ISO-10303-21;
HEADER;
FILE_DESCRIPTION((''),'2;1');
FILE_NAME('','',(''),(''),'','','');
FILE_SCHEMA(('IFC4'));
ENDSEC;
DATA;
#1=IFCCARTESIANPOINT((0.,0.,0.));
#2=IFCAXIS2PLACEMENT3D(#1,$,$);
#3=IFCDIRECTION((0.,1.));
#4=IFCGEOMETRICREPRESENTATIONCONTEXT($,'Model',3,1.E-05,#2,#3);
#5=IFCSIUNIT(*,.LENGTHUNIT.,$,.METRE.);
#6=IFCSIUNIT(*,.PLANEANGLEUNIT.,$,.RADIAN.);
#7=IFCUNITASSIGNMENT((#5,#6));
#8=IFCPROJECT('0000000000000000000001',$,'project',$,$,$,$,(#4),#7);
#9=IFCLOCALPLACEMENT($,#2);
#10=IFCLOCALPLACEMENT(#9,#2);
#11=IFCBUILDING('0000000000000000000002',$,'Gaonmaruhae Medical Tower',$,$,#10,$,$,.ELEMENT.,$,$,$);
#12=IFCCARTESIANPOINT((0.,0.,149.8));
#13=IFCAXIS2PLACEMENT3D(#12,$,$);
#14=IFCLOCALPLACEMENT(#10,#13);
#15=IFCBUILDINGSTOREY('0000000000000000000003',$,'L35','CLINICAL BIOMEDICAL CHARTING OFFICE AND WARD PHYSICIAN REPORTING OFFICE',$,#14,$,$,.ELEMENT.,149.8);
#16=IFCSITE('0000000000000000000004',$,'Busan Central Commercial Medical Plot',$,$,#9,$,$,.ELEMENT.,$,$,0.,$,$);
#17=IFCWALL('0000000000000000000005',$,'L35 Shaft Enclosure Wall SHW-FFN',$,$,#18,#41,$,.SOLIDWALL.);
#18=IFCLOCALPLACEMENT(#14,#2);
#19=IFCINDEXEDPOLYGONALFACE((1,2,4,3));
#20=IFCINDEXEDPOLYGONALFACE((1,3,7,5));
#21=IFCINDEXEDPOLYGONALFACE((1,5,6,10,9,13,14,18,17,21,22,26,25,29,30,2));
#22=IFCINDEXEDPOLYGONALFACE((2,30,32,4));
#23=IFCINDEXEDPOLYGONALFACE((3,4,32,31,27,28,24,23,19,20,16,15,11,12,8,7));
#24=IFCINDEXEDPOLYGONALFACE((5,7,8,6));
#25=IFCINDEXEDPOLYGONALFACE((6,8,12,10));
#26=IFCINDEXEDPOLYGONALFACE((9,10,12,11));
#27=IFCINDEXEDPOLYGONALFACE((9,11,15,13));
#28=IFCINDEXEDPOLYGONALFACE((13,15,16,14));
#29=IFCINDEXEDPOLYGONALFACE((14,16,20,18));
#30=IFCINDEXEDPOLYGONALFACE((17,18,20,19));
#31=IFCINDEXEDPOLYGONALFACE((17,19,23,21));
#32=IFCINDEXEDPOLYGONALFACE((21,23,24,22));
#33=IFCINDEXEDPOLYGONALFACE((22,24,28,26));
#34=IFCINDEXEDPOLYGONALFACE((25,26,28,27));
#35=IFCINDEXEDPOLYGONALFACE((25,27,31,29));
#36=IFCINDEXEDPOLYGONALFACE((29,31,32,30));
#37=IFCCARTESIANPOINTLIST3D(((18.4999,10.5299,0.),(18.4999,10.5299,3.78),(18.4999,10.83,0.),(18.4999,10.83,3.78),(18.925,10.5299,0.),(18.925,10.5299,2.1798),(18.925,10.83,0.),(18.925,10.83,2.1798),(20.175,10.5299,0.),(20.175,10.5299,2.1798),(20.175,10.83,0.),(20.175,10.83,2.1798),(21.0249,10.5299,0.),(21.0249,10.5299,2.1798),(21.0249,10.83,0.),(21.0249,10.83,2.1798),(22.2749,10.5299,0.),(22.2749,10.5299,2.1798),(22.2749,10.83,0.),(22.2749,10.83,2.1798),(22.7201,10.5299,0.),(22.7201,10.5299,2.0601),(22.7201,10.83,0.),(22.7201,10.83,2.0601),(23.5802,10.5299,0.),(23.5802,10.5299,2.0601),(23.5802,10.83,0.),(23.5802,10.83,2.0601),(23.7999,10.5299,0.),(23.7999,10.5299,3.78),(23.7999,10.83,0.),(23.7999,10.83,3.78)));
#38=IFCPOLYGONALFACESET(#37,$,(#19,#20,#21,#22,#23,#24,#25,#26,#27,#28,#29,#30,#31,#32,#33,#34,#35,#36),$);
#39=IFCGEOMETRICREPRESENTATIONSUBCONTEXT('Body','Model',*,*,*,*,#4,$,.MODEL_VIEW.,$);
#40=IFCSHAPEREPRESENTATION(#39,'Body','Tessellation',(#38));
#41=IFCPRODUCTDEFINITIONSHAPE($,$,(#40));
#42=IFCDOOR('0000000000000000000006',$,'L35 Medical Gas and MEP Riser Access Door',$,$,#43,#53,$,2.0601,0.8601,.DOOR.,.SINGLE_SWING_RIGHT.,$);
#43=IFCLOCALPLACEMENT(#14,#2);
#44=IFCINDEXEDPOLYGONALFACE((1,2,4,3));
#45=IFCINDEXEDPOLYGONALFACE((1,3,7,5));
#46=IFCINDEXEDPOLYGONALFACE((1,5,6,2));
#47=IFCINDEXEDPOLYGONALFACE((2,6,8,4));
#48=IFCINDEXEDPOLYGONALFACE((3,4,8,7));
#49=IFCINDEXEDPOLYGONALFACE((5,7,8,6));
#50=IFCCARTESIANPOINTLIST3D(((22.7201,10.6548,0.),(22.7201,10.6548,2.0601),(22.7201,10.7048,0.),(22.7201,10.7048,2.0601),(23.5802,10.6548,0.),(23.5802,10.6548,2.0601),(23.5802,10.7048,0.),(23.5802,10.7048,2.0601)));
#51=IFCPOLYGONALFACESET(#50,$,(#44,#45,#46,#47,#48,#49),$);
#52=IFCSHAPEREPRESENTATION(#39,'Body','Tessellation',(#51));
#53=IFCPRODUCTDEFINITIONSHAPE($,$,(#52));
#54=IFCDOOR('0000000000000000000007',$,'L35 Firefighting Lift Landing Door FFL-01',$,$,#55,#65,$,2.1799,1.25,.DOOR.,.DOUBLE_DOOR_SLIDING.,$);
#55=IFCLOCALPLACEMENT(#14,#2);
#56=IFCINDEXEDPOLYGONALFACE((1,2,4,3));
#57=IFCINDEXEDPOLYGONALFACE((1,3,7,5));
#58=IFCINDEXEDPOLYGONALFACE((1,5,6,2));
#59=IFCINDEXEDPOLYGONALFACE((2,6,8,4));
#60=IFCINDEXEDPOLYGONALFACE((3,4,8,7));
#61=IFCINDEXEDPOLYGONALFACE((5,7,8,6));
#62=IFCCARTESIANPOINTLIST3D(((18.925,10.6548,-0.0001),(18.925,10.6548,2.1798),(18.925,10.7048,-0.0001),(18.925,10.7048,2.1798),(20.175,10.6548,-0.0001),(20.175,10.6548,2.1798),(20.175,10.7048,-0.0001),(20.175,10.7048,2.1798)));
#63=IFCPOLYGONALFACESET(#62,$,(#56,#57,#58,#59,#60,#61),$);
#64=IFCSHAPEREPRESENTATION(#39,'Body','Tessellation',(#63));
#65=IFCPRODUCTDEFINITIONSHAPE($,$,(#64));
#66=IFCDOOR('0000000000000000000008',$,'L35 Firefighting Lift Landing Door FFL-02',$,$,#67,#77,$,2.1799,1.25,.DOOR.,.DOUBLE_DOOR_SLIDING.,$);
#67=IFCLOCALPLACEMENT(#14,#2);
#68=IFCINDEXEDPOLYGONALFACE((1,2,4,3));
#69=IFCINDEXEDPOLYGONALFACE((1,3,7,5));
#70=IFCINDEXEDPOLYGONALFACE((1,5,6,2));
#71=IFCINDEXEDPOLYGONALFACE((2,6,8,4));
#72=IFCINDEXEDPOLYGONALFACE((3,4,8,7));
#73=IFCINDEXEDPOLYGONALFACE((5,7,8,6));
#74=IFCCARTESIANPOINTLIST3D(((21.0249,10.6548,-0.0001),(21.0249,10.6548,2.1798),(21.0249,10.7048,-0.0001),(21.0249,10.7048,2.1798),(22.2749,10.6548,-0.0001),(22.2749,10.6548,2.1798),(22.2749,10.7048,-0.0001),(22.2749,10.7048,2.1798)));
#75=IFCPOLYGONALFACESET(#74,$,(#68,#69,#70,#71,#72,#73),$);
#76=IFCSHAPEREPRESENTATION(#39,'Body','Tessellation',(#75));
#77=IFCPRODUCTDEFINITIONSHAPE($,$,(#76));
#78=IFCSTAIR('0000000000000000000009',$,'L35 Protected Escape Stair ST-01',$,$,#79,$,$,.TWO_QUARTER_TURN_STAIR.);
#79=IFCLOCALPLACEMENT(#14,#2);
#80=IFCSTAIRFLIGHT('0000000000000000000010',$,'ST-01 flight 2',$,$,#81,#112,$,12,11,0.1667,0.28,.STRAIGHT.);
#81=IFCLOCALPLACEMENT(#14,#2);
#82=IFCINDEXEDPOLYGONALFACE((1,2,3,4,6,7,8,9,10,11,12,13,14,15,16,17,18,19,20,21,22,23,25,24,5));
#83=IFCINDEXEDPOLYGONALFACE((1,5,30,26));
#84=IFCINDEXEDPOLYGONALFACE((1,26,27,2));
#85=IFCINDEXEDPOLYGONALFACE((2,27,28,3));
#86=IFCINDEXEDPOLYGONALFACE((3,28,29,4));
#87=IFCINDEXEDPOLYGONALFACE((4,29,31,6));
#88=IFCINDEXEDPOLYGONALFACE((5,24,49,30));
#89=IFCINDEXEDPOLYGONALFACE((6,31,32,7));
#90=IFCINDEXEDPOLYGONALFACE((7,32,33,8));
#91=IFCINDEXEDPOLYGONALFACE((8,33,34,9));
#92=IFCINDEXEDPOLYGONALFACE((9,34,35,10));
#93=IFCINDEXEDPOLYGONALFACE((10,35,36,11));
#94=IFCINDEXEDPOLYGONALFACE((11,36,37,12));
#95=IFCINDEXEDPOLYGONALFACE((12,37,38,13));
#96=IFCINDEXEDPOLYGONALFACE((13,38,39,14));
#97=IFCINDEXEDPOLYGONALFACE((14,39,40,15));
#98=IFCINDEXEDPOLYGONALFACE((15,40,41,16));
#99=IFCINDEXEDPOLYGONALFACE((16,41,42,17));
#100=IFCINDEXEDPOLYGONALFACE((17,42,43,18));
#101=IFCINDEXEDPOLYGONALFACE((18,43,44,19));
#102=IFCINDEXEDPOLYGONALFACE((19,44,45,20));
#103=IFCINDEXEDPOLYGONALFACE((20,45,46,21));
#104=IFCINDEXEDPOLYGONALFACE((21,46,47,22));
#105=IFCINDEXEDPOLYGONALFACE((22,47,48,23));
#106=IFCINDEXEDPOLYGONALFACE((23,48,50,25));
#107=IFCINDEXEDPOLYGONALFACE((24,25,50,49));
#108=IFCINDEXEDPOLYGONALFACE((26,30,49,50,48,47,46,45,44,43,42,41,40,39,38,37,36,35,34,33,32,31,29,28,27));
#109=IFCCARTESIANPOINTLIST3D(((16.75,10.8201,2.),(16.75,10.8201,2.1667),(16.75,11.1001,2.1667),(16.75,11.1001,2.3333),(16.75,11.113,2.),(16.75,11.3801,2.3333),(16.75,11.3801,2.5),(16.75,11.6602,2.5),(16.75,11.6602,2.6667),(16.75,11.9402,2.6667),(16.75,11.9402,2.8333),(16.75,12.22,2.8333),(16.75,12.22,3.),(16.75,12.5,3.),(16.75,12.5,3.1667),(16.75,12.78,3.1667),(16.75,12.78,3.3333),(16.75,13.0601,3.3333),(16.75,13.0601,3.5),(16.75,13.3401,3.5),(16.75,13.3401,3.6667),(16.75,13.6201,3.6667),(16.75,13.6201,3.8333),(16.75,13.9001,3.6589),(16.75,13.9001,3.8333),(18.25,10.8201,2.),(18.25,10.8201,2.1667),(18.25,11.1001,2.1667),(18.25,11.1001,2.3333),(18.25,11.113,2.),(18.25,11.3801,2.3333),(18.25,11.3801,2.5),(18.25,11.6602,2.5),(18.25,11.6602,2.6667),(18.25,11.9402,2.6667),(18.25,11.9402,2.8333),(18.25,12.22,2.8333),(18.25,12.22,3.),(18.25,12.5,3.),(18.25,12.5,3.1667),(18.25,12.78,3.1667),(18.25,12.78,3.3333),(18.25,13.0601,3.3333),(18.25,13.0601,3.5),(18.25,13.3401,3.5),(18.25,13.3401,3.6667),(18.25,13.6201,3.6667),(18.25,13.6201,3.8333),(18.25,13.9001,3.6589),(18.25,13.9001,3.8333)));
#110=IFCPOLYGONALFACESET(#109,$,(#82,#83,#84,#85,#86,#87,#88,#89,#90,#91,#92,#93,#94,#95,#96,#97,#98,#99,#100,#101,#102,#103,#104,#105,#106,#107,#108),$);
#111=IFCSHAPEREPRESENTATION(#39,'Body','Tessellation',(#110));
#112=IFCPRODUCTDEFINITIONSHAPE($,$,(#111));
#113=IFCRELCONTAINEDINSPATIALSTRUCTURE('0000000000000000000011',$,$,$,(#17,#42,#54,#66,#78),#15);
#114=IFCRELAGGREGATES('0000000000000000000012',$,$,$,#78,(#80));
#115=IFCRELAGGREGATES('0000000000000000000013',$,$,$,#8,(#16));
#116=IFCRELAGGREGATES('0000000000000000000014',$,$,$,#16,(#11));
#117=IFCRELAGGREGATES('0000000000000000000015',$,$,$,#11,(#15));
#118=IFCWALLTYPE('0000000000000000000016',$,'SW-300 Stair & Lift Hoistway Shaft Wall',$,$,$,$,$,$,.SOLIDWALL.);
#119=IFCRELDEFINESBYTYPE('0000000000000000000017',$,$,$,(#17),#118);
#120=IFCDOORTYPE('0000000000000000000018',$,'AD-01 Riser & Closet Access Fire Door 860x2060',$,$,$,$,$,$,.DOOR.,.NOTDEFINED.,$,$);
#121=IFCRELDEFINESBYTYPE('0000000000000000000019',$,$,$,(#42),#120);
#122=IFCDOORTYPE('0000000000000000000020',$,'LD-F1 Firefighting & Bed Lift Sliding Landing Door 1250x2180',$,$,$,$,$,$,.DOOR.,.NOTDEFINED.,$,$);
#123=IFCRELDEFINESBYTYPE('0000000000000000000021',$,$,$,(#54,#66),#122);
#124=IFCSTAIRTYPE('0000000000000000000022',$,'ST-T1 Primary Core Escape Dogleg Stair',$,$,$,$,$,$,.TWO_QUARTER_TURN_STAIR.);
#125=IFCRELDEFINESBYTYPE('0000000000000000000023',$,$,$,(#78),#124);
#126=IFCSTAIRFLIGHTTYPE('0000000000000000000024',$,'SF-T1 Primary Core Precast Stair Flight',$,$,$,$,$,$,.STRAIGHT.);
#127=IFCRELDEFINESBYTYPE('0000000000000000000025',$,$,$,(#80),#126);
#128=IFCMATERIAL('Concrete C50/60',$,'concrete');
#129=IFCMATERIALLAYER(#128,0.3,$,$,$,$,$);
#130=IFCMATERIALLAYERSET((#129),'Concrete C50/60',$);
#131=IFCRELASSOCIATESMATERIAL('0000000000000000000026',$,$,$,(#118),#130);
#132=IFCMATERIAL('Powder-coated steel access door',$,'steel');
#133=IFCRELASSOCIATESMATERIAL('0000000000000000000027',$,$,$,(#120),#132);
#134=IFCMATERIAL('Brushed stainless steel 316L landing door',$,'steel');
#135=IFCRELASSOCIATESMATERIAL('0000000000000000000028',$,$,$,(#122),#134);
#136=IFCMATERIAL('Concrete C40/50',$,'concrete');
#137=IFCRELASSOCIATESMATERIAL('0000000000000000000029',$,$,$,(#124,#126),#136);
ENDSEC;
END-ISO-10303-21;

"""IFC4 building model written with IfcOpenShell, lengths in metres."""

from ifc_helpers import new_model, si_unit, direction, frame, frame_2d, origin, place, context, subcontext, project, spatial, polyline, rectangle, outline, extrude, material, layer, layer_set, type_object, element, fill, aggregate, save


model = new_model("IFC4")

# Units and contexts
model_context = context("Model", 3, precision=1e-05, world=origin(), true_north=direction((0.0, 1.0)))
body_context = subcontext(model_context, "Body", "Model", "MODEL_VIEW")
ifc_project = project(units=[si_unit("LENGTHUNIT", "METRE"), si_unit("PLANEANGLEUNIT", "RADIAN")], contexts=[model_context])

# Site, building, storey
site_placement = place(None, origin())
site = spatial("IfcSite", under=ifc_project, at=site_placement, Name="Busan Central Commercial Medical Plot", CompositionType="ELEMENT", RefElevation=0.0)
building_placement = place(site_placement, origin())
building = spatial("IfcBuilding", under=site, at=building_placement, Name="Gaonmaruhae Medical Tower", CompositionType="ELEMENT")
storey_placement = place(building_placement, frame((0.0, 0.0, 149.8)))
storey = spatial("IfcBuildingStorey", under=building, at=storey_placement, Name="L35", Description="CLINICAL BIOMEDICAL CHARTING OFFICE AND WARD PHYSICIAN REPORTING OFFICE", CompositionType="ELEMENT", Elevation=149.8)

# Shared definitions
ifc_material_1 = material(Name="Concrete C50/60", Category="concrete")

# Wall, openings, doors
ifc_layer_1 = layer(ifc_material_1, 0.3)
ifc_layer_set_1 = layer_set([ifc_layer_1], Name="Concrete C50/60")
wall_type_1 = type_object("IfcWallType", Name="SW-300 Stair & Lift Hoistway Shaft Wall", PredefinedType="SOLIDWALL", material=ifc_layer_set_1)
wall_1_placement = place(storey_placement, frame((18.5, 10.6799, 0.0), z_axis=(0.0, 0.0, 1.0), x_axis=(1.0, 0.0, 0.0)))
wall_1 = element("IfcWall", 1, at=wall_1_placement, inside=storey, type_object=wall_type_1, Name="L35 Shaft Enclosure Wall SHW-FFN", PredefinedType="SOLIDWALL", context=body_context, shape_type="SweptSolid", body=[
    extrude(rectangle(XDim=5.3, YDim=0.3, at=frame_2d((2.6499, 0.0))), origin(), (0.0, 0.0, 1.0), 3.78),
])
opening_1_placement = place(wall_1_placement, frame((4.22, 0.0, 0.0)))
opening_1 = element("IfcOpeningElement", 2, at=opening_1_placement, cuts=wall_1, PredefinedType="OPENING", context=body_context, shape_type="SweptSolid", body=[
    extrude(rectangle(XDim=0.8601, YDim=2.0601, at=frame_2d((0.4302, 1.03))), frame((0.0, 0.1602, 0.0), z_axis=(0.0, -1.0, 0.0), x_axis=(1.0, 0.0, 0.0)), (0.0, 0.0, 1.0), 0.3201),
])
opening_2_placement = place(wall_1_placement, frame((0.425, 0.0, 0.0)))
opening_2 = element("IfcOpeningElement", 3, at=opening_2_placement, cuts=wall_1, PredefinedType="OPENING", context=body_context, shape_type="SweptSolid", body=[
    extrude(rectangle(XDim=1.25, YDim=2.1799, at=frame_2d((0.625, 1.0898))), frame((0.0, 0.1602, 0.0), z_axis=(0.0, -1.0, 0.0), x_axis=(1.0, 0.0, 0.0)), (0.0, 0.0, 1.0), 0.3201),
])
opening_3_placement = place(wall_1_placement, frame((2.5249, 0.0, 0.0)))
opening_3 = element("IfcOpeningElement", 4, at=opening_3_placement, cuts=wall_1, PredefinedType="OPENING", context=body_context, shape_type="SweptSolid", body=[
    extrude(rectangle(XDim=1.25, YDim=2.1799, at=frame_2d((0.625, 1.0898))), frame((0.0, 0.1602, 0.0), z_axis=(0.0, -1.0, 0.0), x_axis=(1.0, 0.0, 0.0)), (0.0, 0.0, 1.0), 0.3201),
])
ifc_material_2 = material(Name="Powder-coated steel access door", Category="steel")
door_type_1 = type_object("IfcDoorType", Name="AD-01 Riser & Closet Access Fire Door 860x2060", OperationType="NOTDEFINED", PredefinedType="DOOR", material=ifc_material_2)
door_1_placement = place(opening_1_placement, origin())
door_1 = element("IfcDoor", 5, at=door_1_placement, inside=storey, type_object=door_type_1, Name="L35 Medical Gas and MEP Riser Access Door", OperationType="SINGLE_SWING_RIGHT", OverallHeight=2.0601, OverallWidth=0.8601, PredefinedType="DOOR", context=body_context, shape_type="SweptSolid", body=[
    extrude(rectangle(XDim=0.8601, YDim=2.0601, at=frame_2d((0.4302, 1.03))), frame((0.0, 0.0249, 0.0), z_axis=(0.0, -1.0, 0.0), x_axis=(1.0, 0.0, 0.0)), (0.0, 0.0, 1.0), 0.05),
])
fill(opening_1, door_1)
ifc_material_3 = material(Name="Brushed stainless steel 316L landing door", Category="steel")
door_type_2 = type_object("IfcDoorType", Name="LD-F1 Firefighting & Bed Lift Sliding Landing Door 1250x2180", OperationType="NOTDEFINED", PredefinedType="DOOR", material=ifc_material_3)
door_2_placement = place(opening_2_placement, origin())
door_2 = element("IfcDoor", 6, at=door_2_placement, inside=storey, type_object=door_type_2, Name="L35 Firefighting Lift Landing Door FFL-01", OperationType="DOUBLE_DOOR_SLIDING", OverallHeight=2.1799, OverallWidth=1.25, PredefinedType="DOOR", context=body_context, shape_type="SweptSolid", body=[
    extrude(rectangle(XDim=1.25, YDim=2.1799, at=frame_2d((0.625, 1.0898))), frame((0.0, 0.0249, 0.0), z_axis=(0.0, -1.0, 0.0), x_axis=(1.0, 0.0, 0.0)), (0.0, 0.0, 1.0), 0.05),
])
fill(opening_2, door_2)
door_3_placement = place(opening_3_placement, origin())
door_3 = element("IfcDoor", 7, at=door_3_placement, inside=storey, type_object=door_type_2, Name="L35 Firefighting Lift Landing Door FFL-02", OperationType="DOUBLE_DOOR_SLIDING", OverallHeight=2.1799, OverallWidth=1.25, PredefinedType="DOOR", context=body_context, shape_type="SweptSolid", body=[
    extrude(rectangle(XDim=1.25, YDim=2.1799, at=frame_2d((0.625, 1.0898))), frame((0.0, 0.0249, 0.0), z_axis=(0.0, -1.0, 0.0), x_axis=(1.0, 0.0, 0.0)), (0.0, 0.0, 1.0), 0.05),
])
fill(opening_3, door_3)

# Stair, stair flight
ifc_material_4 = material(Name="Concrete C40/50", Category="concrete")
stair_type = type_object("IfcStairType", Name="ST-T1 Primary Core Escape Dogleg Stair", PredefinedType="TWO_QUARTER_TURN_STAIR", material=ifc_material_4)
stair_placement = place(storey_placement, origin())
stair = element("IfcStair", 8, at=stair_placement, inside=storey, type_object=stair_type, Name="L35 Protected Escape Stair ST-01", PredefinedType="TWO_QUARTER_TURN_STAIR")
stair_flight_type = type_object("IfcStairFlightType", Name="SF-T1 Primary Core Precast Stair Flight", PredefinedType="STRAIGHT", material=ifc_material_4)
stair_flight_placement = place(storey_placement, frame((17.5, 10.8201, 2.0), z_axis=(0.0, 0.0, 1.0), x_axis=(0.0, 1.0, 0.0)))
stair_flight = element("IfcStairFlight", 9, at=stair_flight_placement, type_object=stair_flight_type, Name="ST-01 flight 2", NumberOfRisers=12, NumberOfTreads=11, PredefinedType="STRAIGHT", RiserHeight=0.1667, TreadLength=0.28, context=body_context, shape_type="SweptSolid", body=[
    extrude(outline(polyline([(0.0, 0.0), (0.0, 0.1667), (0.28, 0.1667), (0.28, 0.3333), (0.5601, 0.3333), (0.5601, 0.5), (0.8401, 0.5), (0.8401, 0.6667), (1.1201, 0.6667), (1.1201, 0.8333), (1.3999, 0.8333), (1.3999, 1.0), (1.6799, 1.0), (1.6799, 1.1667), (1.96, 1.1667), (1.96, 1.3333), (2.24, 1.3333), (2.24, 1.5), (2.52, 1.5), (2.52, 1.6667), (2.8, 1.6667), (2.8, 1.8333), (3.0801, 1.8333), (3.0801, 2.0), (3.0801, 1.6589), (0.293, 0.0), (0.0, 0.0)])), frame((0.0, 0.75, 0.0), z_axis=(0.0, -1.0, 0.0), x_axis=(1.0, 0.0, 0.0)), (0.0, 0.0, 1.0), 1.5),
])
aggregate(stair, [stair_flight])

save(model, "model.ifc")
